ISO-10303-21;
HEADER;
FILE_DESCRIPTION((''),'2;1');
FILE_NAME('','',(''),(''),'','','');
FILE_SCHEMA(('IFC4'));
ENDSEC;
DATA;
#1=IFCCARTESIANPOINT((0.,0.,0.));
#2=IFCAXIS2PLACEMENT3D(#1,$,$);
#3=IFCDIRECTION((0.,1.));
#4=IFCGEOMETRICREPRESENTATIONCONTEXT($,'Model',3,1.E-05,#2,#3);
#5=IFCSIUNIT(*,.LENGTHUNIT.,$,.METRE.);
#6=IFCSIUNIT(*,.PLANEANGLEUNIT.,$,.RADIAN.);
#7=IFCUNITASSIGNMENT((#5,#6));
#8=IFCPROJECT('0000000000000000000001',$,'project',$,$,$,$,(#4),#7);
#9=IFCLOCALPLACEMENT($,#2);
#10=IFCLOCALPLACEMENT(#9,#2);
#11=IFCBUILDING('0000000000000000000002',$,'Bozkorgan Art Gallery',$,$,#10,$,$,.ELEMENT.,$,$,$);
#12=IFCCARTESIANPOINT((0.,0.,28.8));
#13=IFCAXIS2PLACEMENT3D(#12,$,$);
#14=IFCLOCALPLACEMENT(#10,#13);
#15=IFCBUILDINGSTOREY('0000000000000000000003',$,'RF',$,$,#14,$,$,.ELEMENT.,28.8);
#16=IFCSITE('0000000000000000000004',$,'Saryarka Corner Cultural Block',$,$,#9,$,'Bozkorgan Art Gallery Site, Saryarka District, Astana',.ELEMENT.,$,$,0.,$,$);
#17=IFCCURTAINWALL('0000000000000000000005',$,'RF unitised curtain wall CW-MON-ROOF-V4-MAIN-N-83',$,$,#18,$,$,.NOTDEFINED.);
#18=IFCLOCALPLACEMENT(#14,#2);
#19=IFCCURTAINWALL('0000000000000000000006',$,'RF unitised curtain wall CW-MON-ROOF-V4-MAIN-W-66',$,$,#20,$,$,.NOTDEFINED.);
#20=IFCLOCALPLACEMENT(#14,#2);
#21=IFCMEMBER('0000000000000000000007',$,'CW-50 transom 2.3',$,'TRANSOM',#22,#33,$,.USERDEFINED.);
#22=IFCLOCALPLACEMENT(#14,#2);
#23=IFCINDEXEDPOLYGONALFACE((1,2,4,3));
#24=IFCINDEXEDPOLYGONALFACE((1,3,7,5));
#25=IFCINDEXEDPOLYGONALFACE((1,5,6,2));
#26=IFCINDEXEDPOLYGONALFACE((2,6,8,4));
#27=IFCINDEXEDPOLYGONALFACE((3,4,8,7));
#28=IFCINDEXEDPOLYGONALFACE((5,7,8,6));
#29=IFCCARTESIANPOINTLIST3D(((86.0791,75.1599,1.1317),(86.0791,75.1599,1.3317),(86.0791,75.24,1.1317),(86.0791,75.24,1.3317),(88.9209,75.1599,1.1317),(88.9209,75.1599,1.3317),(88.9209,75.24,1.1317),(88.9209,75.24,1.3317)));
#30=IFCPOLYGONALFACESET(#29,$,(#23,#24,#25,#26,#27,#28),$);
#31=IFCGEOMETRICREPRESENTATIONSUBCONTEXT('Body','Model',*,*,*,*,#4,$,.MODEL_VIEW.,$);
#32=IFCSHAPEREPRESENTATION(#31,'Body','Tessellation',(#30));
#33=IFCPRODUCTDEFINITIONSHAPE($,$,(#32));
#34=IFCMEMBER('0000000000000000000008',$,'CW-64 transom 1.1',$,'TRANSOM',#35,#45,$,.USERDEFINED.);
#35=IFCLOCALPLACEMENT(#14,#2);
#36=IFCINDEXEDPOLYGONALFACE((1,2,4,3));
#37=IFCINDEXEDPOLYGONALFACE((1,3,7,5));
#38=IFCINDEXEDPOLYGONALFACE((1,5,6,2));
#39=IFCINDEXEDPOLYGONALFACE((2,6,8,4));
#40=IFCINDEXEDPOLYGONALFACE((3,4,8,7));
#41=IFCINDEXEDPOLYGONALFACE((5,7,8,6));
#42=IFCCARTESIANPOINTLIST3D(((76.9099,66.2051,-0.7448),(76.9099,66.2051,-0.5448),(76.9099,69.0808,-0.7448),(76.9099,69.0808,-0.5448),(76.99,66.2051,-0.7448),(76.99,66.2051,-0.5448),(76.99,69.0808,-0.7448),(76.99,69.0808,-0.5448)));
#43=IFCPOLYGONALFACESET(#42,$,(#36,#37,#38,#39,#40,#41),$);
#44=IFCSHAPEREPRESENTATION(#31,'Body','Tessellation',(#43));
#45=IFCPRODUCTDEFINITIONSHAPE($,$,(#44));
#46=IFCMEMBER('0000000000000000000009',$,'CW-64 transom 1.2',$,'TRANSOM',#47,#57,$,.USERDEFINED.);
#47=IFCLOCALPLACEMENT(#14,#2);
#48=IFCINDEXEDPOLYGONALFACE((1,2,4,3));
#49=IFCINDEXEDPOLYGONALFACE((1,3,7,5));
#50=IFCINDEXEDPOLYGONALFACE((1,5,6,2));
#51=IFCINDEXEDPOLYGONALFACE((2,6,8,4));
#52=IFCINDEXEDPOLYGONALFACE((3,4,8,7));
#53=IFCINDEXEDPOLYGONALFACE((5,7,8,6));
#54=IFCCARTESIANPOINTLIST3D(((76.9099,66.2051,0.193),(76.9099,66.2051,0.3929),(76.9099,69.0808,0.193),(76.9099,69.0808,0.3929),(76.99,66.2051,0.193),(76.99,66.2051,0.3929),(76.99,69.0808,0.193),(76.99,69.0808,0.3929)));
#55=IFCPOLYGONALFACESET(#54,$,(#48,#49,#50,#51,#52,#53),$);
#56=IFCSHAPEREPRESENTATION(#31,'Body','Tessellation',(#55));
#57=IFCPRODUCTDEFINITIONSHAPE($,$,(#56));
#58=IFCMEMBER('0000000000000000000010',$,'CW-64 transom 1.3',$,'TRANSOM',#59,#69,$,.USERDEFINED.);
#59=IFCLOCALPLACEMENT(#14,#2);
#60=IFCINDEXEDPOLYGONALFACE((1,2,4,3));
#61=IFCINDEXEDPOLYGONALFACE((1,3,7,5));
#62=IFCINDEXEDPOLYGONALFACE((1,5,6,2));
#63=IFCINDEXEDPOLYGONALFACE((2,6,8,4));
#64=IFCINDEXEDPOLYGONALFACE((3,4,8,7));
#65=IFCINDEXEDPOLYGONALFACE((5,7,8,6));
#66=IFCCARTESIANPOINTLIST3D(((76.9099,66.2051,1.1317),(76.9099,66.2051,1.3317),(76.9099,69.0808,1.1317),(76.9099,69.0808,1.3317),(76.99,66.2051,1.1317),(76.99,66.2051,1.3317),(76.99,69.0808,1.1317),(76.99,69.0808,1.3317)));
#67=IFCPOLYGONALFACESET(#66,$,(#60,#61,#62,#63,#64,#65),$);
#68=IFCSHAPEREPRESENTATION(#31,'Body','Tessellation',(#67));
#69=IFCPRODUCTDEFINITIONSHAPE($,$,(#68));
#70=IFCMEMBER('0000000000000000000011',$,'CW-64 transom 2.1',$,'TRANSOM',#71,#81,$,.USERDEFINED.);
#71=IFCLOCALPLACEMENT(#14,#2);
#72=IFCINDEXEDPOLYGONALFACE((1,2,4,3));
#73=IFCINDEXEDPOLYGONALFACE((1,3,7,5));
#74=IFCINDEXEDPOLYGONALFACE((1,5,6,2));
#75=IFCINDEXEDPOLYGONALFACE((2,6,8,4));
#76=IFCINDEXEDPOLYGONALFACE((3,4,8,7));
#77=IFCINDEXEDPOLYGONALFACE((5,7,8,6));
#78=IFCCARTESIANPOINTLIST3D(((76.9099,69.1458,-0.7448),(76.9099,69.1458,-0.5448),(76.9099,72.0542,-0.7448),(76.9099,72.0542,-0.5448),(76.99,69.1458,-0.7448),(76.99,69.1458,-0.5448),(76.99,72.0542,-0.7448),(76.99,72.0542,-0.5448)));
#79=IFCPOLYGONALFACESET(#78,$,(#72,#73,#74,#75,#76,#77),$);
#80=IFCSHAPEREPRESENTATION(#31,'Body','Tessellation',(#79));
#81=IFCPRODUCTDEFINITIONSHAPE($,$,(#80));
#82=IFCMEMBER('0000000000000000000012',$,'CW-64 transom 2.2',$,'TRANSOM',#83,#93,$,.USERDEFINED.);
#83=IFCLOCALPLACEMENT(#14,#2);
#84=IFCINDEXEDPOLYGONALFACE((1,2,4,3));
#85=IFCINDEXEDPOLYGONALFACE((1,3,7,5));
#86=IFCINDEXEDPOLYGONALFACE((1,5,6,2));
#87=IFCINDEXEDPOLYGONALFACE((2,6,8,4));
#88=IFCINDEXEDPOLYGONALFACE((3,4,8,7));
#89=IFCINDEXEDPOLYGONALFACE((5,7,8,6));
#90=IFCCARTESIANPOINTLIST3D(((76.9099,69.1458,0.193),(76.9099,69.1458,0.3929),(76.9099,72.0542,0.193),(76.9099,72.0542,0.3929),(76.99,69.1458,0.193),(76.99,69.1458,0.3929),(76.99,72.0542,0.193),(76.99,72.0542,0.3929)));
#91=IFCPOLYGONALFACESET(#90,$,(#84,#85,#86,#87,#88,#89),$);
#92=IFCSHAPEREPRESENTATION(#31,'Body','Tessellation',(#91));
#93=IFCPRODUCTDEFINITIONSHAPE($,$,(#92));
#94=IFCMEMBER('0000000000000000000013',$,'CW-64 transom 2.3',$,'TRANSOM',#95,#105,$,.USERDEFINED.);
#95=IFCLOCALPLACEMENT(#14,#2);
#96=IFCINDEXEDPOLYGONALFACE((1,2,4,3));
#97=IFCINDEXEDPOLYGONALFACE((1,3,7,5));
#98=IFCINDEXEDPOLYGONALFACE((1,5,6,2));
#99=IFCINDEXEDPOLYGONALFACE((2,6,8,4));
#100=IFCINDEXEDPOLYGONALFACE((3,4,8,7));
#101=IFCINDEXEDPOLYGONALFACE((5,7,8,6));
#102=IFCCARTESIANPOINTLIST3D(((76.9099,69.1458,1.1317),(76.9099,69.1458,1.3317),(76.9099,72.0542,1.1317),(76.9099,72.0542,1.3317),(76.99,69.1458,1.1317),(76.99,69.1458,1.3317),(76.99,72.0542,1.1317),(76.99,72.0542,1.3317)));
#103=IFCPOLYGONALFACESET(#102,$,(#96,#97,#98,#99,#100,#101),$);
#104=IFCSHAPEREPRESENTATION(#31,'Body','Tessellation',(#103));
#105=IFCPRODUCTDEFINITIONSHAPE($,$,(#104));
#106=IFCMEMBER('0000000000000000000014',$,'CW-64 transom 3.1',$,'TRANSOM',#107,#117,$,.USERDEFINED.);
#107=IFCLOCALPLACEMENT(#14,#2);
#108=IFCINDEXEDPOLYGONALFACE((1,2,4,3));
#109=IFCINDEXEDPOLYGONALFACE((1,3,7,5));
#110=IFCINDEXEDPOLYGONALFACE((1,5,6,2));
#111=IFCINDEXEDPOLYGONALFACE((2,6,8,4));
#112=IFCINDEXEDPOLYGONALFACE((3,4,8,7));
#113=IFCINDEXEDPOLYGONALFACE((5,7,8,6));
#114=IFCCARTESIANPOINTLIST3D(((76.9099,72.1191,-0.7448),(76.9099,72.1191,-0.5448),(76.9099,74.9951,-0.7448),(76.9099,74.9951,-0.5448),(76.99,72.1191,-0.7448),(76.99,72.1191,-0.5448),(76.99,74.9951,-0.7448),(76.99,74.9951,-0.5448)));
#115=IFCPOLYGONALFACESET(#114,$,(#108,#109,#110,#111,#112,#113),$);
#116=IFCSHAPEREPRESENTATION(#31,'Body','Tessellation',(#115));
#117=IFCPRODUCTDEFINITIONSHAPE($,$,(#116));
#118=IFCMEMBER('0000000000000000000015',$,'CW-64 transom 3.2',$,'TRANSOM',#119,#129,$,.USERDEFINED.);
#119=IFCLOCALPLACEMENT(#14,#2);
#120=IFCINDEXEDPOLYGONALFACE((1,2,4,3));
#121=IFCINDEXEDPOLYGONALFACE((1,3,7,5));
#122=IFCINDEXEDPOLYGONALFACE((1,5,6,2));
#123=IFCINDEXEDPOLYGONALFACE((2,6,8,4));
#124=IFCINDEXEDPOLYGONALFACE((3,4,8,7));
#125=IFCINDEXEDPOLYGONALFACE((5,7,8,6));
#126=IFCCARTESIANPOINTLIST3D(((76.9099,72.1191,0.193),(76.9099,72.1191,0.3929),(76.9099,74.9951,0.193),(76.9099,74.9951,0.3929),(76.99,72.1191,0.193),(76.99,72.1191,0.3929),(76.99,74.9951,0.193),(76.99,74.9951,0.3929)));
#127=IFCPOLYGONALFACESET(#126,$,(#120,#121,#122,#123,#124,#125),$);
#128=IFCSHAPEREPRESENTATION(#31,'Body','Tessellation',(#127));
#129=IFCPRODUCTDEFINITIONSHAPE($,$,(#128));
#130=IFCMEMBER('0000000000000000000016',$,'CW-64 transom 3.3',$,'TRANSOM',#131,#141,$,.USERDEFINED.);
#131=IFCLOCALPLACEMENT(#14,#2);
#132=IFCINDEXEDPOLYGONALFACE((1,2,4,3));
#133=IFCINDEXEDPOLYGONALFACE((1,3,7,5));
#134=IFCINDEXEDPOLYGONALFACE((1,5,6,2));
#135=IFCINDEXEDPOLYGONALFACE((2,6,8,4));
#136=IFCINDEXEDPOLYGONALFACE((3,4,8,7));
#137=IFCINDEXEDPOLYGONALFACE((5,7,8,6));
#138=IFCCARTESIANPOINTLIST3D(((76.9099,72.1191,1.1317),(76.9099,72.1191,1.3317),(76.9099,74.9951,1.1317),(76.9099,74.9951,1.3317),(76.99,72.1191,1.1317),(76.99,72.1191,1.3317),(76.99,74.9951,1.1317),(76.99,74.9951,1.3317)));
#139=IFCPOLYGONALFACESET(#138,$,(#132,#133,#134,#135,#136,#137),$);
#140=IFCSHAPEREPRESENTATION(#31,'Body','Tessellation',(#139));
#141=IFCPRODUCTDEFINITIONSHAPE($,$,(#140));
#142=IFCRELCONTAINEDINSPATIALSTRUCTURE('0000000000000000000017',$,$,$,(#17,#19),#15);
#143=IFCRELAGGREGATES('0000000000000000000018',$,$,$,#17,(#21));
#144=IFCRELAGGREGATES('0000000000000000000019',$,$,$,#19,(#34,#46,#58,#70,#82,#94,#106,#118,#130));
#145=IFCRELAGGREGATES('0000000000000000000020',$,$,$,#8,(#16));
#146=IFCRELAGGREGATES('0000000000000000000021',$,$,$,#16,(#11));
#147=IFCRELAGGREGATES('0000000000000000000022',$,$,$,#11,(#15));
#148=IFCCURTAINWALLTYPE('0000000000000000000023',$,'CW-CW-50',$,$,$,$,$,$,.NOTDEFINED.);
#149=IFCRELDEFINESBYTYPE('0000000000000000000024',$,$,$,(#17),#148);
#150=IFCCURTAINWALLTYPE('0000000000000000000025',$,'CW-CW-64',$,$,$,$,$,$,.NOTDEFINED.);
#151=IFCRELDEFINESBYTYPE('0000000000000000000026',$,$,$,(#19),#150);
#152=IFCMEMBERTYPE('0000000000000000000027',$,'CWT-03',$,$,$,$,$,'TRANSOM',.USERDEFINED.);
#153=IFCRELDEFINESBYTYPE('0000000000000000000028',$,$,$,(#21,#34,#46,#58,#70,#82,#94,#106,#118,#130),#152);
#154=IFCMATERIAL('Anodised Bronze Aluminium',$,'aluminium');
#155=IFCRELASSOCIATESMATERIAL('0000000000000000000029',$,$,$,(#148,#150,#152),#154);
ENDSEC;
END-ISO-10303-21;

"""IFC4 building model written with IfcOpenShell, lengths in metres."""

from ifc_helpers import new_model, si_unit, direction, frame, origin, origin_2d, place, context, subcontext, project, spatial, rectangle, extrude, material, material_profile, profile_set, type_object, element, aggregate, save


model = new_model("IFC4")

# Units and contexts
model_context = context("Model", 3, precision=1e-05, world=origin(), true_north=direction((0.0, 1.0)))
body_context = subcontext(model_context, "Body", "Model", "MODEL_VIEW")
ifc_project = project(units=[si_unit("LENGTHUNIT", "METRE"), si_unit("PLANEANGLEUNIT", "RADIAN")], contexts=[model_context])

# Site, building, storey
site_placement = place(None, origin())
site = spatial("IfcSite", under=ifc_project, at=site_placement, Name="Saryarka Corner Cultural Block", LongName="Bozkorgan Art Gallery Site, Saryarka District, Astana", CompositionType="ELEMENT", RefElevation=0.0)
building_placement = place(site_placement, origin())
building = spatial("IfcBuilding", under=site, at=building_placement, Name="Bozkorgan Art Gallery", CompositionType="ELEMENT")
storey_placement = place(building_placement, frame((0.0, 0.0, 28.8)))
storey = spatial("IfcBuildingStorey", under=building, at=storey_placement, Name="RF", CompositionType="ELEMENT", Elevation=28.8)

# Curtain walls
ifc_material_1 = material(Name="Anodised Bronze Aluminium", Category="aluminium")
curtain_wall_type_1 = type_object("IfcCurtainWallType", Name="CW-CW-50", PredefinedType="NOTDEFINED", material=ifc_material_1)
curtain_wall_1_placement = place(storey_placement, origin())
curtain_wall_1 = element("IfcCurtainWall", 1, at=curtain_wall_1_placement, inside=storey, type_object=curtain_wall_type_1, Name="RF unitised curtain wall CW-MON-ROOF-V4-MAIN-N-83", PredefinedType="NOTDEFINED")
curtain_wall_type_2 = type_object("IfcCurtainWallType", Name="CW-CW-64", PredefinedType="NOTDEFINED", material=ifc_material_1)
curtain_wall_2_placement = place(storey_placement, origin())
curtain_wall_2 = element("IfcCurtainWall", 2, at=curtain_wall_2_placement, inside=storey, type_object=curtain_wall_type_2, Name="RF unitised curtain wall CW-MON-ROOF-V4-MAIN-W-66", PredefinedType="NOTDEFINED")

# Members
ifc_material_profile_1 = material_profile(ifc_material_1, rectangle(XDim=0.0801, YDim=0.2, at=origin_2d()), Name="ALU TRANSOM 80x200")
ifc_profile_set_1 = profile_set([ifc_material_profile_1], Name="Anodised Bronze Aluminium")
member_type_1 = type_object("IfcMemberType", Name="CWT-03", ElementType="TRANSOM", PredefinedType="USERDEFINED", material=ifc_profile_set_1)
member_1_placement = place(storey_placement, frame((86.0791, 75.2, 1.2317), z_axis=(1.0, 0.0, 0.0), x_axis=(0.0, 1.0, 0.0)))
member_1 = element("IfcMember", 3, at=member_1_placement, type_object=member_type_1, Name="CW-50 transom 2.3", ObjectType="TRANSOM", PredefinedType="USERDEFINED", context=body_context, shape_type="SweptSolid", body=[
    extrude(rectangle(XDim=0.0801, YDim=0.2, at=origin_2d()), origin(), (0.0, 0.0, 1.0), 2.8418),
])
member_2_placement = place(storey_placement, frame((76.95, 66.2051, -0.6448), z_axis=(0.0, 1.0, 0.0), x_axis=(-1.0, 0.0, 0.0)))
member_2 = element("IfcMember", 4, at=member_2_placement, type_object=member_type_1, Name="CW-64 transom 1.1", ObjectType="TRANSOM", PredefinedType="USERDEFINED", context=body_context, shape_type="SweptSolid", body=[
    extrude(rectangle(XDim=0.0801, YDim=0.2, at=origin_2d()), origin(), (0.0, 0.0, 1.0), 2.8757),
])
member_3_placement = place(storey_placement, frame((76.95, 66.2051, 0.293), z_axis=(0.0, 1.0, 0.0), x_axis=(-1.0, 0.0, 0.0)))
member_3 = element("IfcMember", 5, at=member_3_placement, type_object=member_type_1, Name="CW-64 transom 1.2", ObjectType="TRANSOM", PredefinedType="USERDEFINED", context=body_context, shape_type="SweptSolid", body=[
    extrude(rectangle(XDim=0.0801, YDim=0.2, at=origin_2d()), origin(), (0.0, 0.0, 1.0), 2.8757),
])
member_4_placement = place(storey_placement, frame((76.95, 66.2051, 1.2317), z_axis=(0.0, 1.0, 0.0), x_axis=(-1.0, 0.0, 0.0)))
member_4 = element("IfcMember", 6, at=member_4_placement, type_object=member_type_1, Name="CW-64 transom 1.3", ObjectType="TRANSOM", PredefinedType="USERDEFINED", context=body_context, shape_type="SweptSolid", body=[
    extrude(rectangle(XDim=0.0801, YDim=0.2, at=origin_2d()), origin(), (0.0, 0.0, 1.0), 2.8757),
])
member_5_placement = place(storey_placement, frame((76.95, 69.1458, -0.6448), z_axis=(0.0, 1.0, 0.0), x_axis=(-1.0, 0.0, 0.0)))
member_5 = element("IfcMember", 7, at=member_5_placement, type_object=member_type_1, Name="CW-64 transom 2.1", ObjectType="TRANSOM", PredefinedType="USERDEFINED", context=body_context, shape_type="SweptSolid", body=[
    extrude(rectangle(XDim=0.0801, YDim=0.2, at=origin_2d()), origin(), (0.0, 0.0, 1.0), 2.9084),
])
member_6_placement = place(storey_placement, frame((76.95, 69.1458, 0.293), z_axis=(0.0, 1.0, 0.0), x_axis=(-1.0, 0.0, 0.0)))
member_6 = element("IfcMember", 8, at=member_6_placement, type_object=member_type_1, Name="CW-64 transom 2.2", ObjectType="TRANSOM", PredefinedType="USERDEFINED", context=body_context, shape_type="SweptSolid", body=[
    extrude(rectangle(XDim=0.0801, YDim=0.2, at=origin_2d()), origin(), (0.0, 0.0, 1.0), 2.9084),
])
member_7_placement = place(storey_placement, frame((76.95, 69.1458, 1.2317), z_axis=(0.0, 1.0, 0.0), x_axis=(-1.0, 0.0, 0.0)))
member_7 = element("IfcMember", 9, at=member_7_placement, type_object=member_type_1, Name="CW-64 transom 2.3", ObjectType="TRANSOM", PredefinedType="USERDEFINED", context=body_context, shape_type="SweptSolid", body=[
    extrude(rectangle(XDim=0.0801, YDim=0.2, at=origin_2d()), origin(), (0.0, 0.0, 1.0), 2.9084),
])
member_8_placement = place(storey_placement, frame((76.95, 72.1191, -0.6448), z_axis=(0.0, 1.0, 0.0), x_axis=(-1.0, 0.0, 0.0)))
member_8 = element("IfcMember", 10, at=member_8_placement, type_object=member_type_1, Name="CW-64 transom 3.1", ObjectType="TRANSOM", PredefinedType="USERDEFINED", context=body_context, shape_type="SweptSolid", body=[
    extrude(rectangle(XDim=0.0801, YDim=0.2, at=origin_2d()), origin(), (0.0, 0.0, 1.0), 2.876),
])
member_9_placement = place(storey_placement, frame((76.95, 72.1191, 0.293), z_axis=(0.0, 1.0, 0.0), x_axis=(-1.0, 0.0, 0.0)))
member_9 = element("IfcMember", 11, at=member_9_placement, type_object=member_type_1, Name="CW-64 transom 3.2", ObjectType="TRANSOM", PredefinedType="USERDEFINED", context=body_context, shape_type="SweptSolid", body=[
    extrude(rectangle(XDim=0.0801, YDim=0.2, at=origin_2d()), origin(), (0.0, 0.0, 1.0), 2.876),
])
member_10_placement = place(storey_placement, frame((76.95, 72.1191, 1.2317), z_axis=(0.0, 1.0, 0.0), x_axis=(-1.0, 0.0, 0.0)))
member_10 = element("IfcMember", 12, at=member_10_placement, type_object=member_type_1, Name="CW-64 transom 3.3", ObjectType="TRANSOM", PredefinedType="USERDEFINED", context=body_context, shape_type="SweptSolid", body=[
    extrude(rectangle(XDim=0.0801, YDim=0.2, at=origin_2d()), origin(), (0.0, 0.0, 1.0), 2.876),
])

aggregate(curtain_wall_1, [member_1])
aggregate(curtain_wall_2, [member_2, member_3, member_4, member_5, member_6, member_7, member_8, member_9, member_10])

save(model, "model.ifc")
